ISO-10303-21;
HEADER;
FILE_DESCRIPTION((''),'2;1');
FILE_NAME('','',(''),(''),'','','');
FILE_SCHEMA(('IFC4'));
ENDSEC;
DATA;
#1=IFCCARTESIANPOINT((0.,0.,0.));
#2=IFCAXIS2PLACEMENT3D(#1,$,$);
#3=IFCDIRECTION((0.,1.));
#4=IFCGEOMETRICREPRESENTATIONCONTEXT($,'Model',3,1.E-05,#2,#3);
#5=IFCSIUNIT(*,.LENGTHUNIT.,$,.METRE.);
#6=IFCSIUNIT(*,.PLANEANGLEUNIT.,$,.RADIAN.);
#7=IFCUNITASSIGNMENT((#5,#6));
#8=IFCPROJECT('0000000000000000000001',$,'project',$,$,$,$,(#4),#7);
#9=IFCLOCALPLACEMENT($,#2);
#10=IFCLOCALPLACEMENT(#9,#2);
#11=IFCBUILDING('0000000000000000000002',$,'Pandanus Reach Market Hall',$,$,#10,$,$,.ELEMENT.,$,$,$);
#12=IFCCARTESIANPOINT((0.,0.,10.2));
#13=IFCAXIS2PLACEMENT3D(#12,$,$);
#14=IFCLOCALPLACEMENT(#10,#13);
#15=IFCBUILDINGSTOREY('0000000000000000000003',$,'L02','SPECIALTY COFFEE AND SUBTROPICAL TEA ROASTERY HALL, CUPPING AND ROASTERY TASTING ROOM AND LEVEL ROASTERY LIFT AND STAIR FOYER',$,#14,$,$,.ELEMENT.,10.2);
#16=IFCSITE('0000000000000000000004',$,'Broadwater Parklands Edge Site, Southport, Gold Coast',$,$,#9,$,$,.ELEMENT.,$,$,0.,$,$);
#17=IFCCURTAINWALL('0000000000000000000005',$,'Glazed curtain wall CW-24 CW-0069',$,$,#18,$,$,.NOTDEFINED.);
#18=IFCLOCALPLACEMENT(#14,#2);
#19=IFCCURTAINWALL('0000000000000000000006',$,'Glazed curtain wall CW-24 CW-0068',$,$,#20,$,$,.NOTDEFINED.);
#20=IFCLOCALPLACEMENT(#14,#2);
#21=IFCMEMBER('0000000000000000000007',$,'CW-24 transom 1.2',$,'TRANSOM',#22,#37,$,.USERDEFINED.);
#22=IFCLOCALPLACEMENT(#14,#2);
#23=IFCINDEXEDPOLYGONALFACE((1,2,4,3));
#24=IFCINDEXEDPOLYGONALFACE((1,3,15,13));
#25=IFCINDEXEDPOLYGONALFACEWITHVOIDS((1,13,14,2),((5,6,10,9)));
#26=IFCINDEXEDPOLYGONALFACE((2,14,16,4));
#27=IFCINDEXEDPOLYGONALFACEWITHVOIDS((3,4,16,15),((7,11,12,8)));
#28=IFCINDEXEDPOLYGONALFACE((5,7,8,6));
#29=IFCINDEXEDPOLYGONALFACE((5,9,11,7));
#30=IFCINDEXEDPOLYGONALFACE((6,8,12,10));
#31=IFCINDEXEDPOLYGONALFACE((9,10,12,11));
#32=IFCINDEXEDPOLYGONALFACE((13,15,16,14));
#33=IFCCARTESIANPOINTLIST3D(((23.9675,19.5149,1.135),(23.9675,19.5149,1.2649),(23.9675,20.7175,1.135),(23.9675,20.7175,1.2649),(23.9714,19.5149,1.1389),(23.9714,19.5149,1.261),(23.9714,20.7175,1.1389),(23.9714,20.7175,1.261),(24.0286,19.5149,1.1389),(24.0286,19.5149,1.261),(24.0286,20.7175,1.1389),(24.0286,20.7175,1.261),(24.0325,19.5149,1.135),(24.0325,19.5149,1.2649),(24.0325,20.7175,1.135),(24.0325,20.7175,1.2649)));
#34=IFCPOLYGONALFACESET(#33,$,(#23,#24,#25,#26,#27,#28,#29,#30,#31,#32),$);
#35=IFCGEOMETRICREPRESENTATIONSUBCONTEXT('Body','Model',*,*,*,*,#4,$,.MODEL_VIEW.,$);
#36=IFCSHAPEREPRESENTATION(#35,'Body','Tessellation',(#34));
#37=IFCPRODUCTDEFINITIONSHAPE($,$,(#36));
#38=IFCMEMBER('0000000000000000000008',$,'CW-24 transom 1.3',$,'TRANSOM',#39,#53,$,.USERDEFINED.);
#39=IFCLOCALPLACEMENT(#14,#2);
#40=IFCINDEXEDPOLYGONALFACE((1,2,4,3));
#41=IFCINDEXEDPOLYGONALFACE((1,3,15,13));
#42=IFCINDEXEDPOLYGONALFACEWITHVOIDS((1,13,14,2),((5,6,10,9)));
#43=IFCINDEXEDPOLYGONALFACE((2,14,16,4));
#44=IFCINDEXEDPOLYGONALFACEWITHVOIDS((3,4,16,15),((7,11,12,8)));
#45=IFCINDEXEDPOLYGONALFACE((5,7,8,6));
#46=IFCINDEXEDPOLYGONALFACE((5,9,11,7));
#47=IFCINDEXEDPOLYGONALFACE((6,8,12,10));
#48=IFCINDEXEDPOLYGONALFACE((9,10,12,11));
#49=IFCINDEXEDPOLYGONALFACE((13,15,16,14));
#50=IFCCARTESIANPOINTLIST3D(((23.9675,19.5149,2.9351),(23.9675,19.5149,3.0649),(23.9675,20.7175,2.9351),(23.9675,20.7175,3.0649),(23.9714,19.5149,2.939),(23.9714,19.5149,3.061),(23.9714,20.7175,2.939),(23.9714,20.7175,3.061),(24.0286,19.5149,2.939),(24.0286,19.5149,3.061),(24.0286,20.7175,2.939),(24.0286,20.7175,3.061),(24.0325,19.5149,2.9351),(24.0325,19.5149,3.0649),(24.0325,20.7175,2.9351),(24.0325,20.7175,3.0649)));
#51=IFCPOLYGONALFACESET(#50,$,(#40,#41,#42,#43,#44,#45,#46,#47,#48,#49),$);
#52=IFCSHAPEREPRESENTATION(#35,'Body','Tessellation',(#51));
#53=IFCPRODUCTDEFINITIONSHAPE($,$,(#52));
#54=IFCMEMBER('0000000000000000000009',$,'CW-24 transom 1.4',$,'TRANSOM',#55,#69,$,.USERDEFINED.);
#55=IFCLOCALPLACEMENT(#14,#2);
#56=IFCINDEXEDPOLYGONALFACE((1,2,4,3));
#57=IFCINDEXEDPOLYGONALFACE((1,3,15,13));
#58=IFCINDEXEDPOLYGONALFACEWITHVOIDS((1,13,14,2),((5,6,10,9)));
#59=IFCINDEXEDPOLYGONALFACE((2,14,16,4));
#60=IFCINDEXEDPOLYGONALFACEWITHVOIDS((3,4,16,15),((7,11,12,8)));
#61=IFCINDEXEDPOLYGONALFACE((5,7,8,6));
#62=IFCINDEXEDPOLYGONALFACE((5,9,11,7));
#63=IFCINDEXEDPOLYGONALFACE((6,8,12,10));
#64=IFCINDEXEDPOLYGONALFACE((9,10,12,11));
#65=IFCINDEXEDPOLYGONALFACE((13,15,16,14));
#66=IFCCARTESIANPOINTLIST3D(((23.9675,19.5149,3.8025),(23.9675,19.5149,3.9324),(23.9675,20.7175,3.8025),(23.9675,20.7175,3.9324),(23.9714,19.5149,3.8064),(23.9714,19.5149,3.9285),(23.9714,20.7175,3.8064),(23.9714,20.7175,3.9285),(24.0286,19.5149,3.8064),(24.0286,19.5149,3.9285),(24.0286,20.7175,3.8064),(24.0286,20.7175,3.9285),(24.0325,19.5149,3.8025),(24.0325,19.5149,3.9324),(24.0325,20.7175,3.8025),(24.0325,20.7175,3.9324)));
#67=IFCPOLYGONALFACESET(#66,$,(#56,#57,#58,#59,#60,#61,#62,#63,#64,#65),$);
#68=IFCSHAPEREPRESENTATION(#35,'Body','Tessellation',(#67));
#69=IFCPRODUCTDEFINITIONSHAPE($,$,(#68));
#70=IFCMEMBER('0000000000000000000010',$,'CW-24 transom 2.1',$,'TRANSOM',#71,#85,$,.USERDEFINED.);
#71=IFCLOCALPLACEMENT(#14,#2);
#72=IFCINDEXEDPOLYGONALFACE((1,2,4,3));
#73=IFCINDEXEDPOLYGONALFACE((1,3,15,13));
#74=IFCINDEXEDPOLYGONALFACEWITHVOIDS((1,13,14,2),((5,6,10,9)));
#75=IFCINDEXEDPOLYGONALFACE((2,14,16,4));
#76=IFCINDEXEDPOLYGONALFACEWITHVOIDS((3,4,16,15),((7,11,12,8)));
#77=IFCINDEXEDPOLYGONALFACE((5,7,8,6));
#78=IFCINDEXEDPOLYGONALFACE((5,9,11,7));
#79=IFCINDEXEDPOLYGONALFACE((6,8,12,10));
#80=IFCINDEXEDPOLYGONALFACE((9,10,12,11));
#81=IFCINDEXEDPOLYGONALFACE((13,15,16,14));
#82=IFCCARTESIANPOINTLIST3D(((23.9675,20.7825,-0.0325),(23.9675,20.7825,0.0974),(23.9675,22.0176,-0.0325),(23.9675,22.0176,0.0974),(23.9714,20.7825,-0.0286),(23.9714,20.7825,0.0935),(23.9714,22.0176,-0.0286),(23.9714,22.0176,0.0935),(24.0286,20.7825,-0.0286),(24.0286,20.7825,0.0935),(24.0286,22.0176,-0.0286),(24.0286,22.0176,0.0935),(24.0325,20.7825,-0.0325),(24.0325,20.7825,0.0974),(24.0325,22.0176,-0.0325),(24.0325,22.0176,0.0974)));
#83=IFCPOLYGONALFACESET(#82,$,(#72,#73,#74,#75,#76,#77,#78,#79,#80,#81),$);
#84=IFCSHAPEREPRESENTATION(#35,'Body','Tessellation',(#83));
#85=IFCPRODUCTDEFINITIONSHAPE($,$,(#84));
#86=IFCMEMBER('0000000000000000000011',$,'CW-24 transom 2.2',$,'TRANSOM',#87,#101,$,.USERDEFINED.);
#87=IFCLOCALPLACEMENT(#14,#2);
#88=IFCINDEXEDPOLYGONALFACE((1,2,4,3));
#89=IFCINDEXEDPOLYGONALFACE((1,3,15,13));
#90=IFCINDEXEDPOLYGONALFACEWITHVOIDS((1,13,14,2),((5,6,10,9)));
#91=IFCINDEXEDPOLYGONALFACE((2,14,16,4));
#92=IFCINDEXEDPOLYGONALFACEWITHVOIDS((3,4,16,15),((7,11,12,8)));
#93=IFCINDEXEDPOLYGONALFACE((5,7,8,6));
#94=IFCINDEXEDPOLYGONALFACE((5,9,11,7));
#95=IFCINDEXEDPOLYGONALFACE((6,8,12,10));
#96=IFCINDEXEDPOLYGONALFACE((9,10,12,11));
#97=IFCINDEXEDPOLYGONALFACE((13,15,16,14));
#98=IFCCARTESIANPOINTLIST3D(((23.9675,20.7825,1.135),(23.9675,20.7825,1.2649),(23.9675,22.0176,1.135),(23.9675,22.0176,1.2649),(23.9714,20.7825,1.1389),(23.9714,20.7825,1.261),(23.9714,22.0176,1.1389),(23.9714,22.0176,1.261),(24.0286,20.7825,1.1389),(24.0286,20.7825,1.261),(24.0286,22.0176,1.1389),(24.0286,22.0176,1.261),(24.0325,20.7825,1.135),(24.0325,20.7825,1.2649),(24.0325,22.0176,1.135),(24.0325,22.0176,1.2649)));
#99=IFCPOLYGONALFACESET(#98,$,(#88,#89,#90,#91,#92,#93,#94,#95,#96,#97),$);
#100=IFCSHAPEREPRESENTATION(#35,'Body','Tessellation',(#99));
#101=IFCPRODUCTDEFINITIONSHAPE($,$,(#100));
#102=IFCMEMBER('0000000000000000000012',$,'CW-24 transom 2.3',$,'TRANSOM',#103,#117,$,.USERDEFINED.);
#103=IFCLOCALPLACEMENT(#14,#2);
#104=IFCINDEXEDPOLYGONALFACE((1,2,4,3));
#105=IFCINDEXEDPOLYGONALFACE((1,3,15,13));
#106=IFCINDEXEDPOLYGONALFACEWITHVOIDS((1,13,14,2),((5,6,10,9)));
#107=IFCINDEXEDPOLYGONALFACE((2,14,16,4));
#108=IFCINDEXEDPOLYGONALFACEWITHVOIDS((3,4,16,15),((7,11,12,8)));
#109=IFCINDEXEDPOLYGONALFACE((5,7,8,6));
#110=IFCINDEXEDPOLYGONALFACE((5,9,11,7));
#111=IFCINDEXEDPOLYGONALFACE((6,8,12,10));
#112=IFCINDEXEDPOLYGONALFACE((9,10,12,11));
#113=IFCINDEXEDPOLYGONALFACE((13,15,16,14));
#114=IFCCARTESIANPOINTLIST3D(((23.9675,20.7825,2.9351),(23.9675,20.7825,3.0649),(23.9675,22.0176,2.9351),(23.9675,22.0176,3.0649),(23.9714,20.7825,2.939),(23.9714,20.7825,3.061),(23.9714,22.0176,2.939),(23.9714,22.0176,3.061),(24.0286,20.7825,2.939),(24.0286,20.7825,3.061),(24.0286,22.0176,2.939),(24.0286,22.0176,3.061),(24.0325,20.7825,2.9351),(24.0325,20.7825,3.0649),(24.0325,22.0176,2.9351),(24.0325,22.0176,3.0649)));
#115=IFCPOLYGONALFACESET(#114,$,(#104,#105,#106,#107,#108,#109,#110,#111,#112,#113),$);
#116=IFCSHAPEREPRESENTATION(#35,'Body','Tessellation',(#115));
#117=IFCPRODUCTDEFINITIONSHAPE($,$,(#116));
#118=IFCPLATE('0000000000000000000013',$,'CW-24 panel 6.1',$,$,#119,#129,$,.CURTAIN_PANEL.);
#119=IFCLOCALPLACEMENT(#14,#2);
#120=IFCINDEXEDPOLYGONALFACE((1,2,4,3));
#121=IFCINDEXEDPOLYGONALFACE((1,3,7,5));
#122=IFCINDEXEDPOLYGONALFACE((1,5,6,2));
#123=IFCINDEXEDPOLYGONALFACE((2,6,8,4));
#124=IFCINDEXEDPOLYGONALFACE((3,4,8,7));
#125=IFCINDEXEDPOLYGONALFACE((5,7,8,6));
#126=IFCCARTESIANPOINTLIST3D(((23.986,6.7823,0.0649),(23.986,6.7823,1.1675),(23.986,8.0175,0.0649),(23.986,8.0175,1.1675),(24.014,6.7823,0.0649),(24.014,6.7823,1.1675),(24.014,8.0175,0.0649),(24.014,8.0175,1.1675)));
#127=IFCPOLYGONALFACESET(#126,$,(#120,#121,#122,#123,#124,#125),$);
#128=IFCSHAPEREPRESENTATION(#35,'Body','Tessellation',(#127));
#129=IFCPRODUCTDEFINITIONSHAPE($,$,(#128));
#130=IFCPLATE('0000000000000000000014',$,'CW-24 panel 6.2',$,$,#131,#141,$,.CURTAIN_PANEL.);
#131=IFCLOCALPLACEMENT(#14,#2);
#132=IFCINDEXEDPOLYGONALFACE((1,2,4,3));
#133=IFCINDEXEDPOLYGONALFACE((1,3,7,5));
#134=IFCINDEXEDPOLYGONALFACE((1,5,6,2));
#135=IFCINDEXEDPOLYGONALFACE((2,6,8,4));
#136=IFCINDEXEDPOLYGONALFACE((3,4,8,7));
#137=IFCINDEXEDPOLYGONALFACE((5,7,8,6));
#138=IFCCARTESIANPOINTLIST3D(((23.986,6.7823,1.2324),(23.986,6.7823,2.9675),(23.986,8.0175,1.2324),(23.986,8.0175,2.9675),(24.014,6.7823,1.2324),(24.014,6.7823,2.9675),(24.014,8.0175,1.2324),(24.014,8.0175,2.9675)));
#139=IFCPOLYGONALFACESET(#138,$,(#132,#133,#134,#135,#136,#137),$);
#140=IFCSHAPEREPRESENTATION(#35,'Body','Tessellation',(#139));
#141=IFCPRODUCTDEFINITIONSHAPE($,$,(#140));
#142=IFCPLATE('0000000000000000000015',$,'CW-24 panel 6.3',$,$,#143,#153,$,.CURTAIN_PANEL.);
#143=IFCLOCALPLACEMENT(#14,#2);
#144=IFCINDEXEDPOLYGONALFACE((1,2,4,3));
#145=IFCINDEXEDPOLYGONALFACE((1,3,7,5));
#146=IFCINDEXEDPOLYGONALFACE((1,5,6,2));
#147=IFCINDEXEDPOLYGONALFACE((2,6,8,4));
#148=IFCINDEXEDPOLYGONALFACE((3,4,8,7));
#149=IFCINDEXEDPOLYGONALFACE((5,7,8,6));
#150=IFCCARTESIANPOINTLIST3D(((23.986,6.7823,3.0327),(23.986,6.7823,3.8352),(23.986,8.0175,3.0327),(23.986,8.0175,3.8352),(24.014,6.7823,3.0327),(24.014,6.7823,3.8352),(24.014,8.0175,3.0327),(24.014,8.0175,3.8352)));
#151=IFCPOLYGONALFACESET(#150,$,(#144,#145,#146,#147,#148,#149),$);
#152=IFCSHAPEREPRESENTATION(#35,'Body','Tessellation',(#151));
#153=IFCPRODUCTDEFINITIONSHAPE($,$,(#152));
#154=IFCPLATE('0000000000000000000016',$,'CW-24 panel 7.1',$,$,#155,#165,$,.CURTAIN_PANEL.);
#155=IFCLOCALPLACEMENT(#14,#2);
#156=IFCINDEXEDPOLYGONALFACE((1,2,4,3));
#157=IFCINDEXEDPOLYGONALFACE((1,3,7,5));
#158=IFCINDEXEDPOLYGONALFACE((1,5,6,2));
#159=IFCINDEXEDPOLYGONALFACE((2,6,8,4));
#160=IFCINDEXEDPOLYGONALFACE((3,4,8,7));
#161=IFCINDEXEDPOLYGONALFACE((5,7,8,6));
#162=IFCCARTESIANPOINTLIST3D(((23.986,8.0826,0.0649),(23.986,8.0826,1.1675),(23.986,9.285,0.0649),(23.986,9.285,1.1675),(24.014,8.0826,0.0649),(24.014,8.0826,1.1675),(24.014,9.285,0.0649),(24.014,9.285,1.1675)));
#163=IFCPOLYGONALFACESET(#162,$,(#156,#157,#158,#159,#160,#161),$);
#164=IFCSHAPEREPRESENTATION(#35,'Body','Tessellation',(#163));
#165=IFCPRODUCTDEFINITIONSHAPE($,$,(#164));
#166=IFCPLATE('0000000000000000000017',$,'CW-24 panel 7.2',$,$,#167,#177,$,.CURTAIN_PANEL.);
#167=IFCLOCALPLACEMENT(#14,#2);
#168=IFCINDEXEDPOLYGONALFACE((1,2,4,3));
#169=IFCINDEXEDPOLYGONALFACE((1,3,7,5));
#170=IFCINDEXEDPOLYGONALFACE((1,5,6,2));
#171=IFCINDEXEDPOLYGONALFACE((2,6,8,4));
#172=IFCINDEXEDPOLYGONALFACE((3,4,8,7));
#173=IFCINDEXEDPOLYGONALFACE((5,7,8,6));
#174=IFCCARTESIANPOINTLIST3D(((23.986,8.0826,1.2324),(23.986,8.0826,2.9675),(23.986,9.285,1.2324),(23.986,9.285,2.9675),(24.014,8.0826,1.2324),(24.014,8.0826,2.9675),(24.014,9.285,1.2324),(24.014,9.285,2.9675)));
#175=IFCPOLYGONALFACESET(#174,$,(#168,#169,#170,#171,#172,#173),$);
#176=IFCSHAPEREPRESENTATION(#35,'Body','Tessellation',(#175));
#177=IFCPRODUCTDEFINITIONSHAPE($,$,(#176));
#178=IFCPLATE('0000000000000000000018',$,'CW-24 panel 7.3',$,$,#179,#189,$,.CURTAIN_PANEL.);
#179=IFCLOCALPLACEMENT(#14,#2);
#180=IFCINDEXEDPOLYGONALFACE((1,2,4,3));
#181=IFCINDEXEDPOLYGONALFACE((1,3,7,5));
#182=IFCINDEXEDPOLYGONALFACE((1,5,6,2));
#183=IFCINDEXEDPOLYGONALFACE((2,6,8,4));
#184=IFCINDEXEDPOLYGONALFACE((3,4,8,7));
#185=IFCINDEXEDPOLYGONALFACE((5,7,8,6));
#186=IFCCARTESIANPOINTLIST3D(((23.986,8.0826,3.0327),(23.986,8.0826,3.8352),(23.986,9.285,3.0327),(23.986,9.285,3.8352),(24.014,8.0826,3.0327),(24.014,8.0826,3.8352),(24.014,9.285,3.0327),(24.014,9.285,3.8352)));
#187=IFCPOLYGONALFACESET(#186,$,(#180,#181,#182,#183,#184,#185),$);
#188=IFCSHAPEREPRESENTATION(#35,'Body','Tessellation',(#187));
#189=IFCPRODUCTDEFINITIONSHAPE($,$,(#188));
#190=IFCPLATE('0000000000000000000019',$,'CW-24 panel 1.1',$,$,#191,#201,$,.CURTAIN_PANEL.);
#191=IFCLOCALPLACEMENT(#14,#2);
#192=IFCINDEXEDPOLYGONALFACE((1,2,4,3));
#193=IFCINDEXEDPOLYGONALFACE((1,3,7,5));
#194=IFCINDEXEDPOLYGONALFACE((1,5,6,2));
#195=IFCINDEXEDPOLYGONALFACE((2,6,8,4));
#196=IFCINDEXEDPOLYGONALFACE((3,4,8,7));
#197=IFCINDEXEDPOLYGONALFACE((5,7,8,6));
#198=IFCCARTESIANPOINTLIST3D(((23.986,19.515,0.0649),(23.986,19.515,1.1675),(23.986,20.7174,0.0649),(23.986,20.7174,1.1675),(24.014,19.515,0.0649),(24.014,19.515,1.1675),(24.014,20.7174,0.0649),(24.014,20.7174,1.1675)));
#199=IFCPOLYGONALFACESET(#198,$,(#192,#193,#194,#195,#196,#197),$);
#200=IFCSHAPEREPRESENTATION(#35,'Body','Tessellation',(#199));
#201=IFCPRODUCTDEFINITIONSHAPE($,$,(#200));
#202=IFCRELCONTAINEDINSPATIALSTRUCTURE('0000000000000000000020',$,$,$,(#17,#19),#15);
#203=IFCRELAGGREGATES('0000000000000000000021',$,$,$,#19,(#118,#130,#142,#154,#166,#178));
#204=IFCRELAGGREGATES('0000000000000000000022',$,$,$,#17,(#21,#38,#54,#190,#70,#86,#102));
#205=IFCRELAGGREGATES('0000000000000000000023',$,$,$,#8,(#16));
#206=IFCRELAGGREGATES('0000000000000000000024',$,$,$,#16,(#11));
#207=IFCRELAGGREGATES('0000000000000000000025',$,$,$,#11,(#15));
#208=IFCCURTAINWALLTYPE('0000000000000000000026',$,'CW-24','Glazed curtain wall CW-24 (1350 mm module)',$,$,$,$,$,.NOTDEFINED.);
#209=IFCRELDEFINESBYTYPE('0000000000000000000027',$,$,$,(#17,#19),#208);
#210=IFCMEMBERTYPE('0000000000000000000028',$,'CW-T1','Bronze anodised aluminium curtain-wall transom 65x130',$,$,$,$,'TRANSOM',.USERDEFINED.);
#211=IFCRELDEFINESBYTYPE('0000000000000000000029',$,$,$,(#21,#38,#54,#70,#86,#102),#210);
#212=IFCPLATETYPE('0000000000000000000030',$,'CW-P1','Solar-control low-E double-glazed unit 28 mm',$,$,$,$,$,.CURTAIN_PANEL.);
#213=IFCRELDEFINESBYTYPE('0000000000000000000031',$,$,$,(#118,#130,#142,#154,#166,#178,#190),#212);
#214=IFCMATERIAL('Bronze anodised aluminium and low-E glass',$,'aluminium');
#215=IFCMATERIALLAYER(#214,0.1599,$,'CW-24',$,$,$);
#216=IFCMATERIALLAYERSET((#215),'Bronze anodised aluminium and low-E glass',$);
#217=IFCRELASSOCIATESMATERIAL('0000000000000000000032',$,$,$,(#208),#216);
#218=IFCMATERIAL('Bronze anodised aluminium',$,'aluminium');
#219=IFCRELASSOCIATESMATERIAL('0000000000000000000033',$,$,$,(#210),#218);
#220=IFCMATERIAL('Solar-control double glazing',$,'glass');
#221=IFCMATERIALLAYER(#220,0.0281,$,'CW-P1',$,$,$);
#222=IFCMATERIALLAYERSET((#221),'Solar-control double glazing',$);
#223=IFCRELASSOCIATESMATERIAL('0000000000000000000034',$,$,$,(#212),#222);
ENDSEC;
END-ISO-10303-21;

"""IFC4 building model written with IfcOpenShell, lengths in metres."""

from ifc_helpers import new_model, si_unit, direction, frame, origin, origin_2d, place, context, subcontext, project, spatial, rectangle, hollow_rectangle, extrude, material, layer, layer_set, material_profile, profile_set, type_object, element, aggregate, save


model = new_model("IFC4")

# Units and contexts
model_context = context("Model", 3, precision=1e-05, world=origin(), true_north=direction((0.0, 1.0)))
body_context = subcontext(model_context, "Body", "Model", "MODEL_VIEW")
ifc_project = project(units=[si_unit("LENGTHUNIT", "METRE"), si_unit("PLANEANGLEUNIT", "RADIAN")], contexts=[model_context])

# Site, building, storey
site_placement = place(None, origin())
site = spatial("IfcSite", under=ifc_project, at=site_placement, Name="Broadwater Parklands Edge Site, Southport, Gold Coast", CompositionType="ELEMENT", RefElevation=0.0)
building_placement = place(site_placement, origin())
building = spatial("IfcBuilding", under=site, at=building_placement, Name="Pandanus Reach Market Hall", CompositionType="ELEMENT")
storey_placement = place(building_placement, frame((0.0, 0.0, 10.2)))
storey = spatial("IfcBuildingStorey", under=building, at=storey_placement, Name="L02", Description="SPECIALTY COFFEE AND SUBTROPICAL TEA ROASTERY HALL, CUPPING AND ROASTERY TASTING ROOM AND LEVEL ROASTERY LIFT AND STAIR FOYER", CompositionType="ELEMENT", Elevation=10.2)

# Curtain walls
ifc_material_1 = material(Name="Bronze anodised aluminium and low-E glass", Category="aluminium")
ifc_layer_1 = layer(ifc_material_1, 0.1599, Name="CW-24")
ifc_layer_set_1 = layer_set([ifc_layer_1], Name="Bronze anodised aluminium and low-E glass")
curtain_wall_type = type_object("IfcCurtainWallType", Name="CW-24", Description="Glazed curtain wall CW-24 (1350 mm module)", PredefinedType="NOTDEFINED", material=ifc_layer_set_1)
curtain_wall_1_placement = place(storey_placement, origin())
curtain_wall_1 = element("IfcCurtainWall", 1, at=curtain_wall_1_placement, inside=storey, type_object=curtain_wall_type, Name="Glazed curtain wall CW-24 CW-0069", PredefinedType="NOTDEFINED")
ifc_material_2 = material(Name="Bronze anodised aluminium", Category="aluminium")
curtain_wall_2_placement = place(storey_placement, origin())
curtain_wall_2 = element("IfcCurtainWall", 2, at=curtain_wall_2_placement, inside=storey, type_object=curtain_wall_type, Name="Glazed curtain wall CW-24 CW-0068", PredefinedType="NOTDEFINED")
ifc_material_profile_1 = material_profile(ifc_material_2, hollow_rectangle(XDim=0.0649, YDim=0.1299, WallThickness=0.0039, at=origin_2d()), Name="ALU65x130", Category="LoadBearing")
ifc_profile_set_1 = profile_set([ifc_material_profile_1], Name="Bronze anodised aluminium")
member_type_1 = type_object("IfcMemberType", Name="CW-T1", Description="Bronze anodised aluminium curtain-wall transom 65x130", ElementType="TRANSOM", PredefinedType="USERDEFINED", material=ifc_profile_set_1)

# Members
member_1_placement = place(storey_placement, frame((24.0, 19.5149, 1.2), z_axis=(0.0, 1.0, 0.0), x_axis=(-1.0, 0.0, 0.0)))
member_1 = element("IfcMember", 3, at=member_1_placement, type_object=member_type_1, Name="CW-24 transom 1.2", ObjectType="TRANSOM", PredefinedType="USERDEFINED", context=body_context, shape_type="SweptSolid", body=[
    extrude(hollow_rectangle(XDim=0.0649, YDim=0.1299, WallThickness=0.0039, at=origin_2d()), origin(), (0.0, 0.0, 1.0), 1.2026),
])
member_2_placement = place(storey_placement, frame((24.0, 19.5149, 3.0), z_axis=(0.0, 1.0, 0.0), x_axis=(-1.0, 0.0, 0.0)))
member_2 = element("IfcMember", 4, at=member_2_placement, type_object=member_type_1, Name="CW-24 transom 1.3", ObjectType="TRANSOM", PredefinedType="USERDEFINED", context=body_context, shape_type="SweptSolid", body=[
    extrude(hollow_rectangle(XDim=0.0649, YDim=0.1299, WallThickness=0.0039, at=origin_2d()), origin(), (0.0, 0.0, 1.0), 1.2026),
])
member_3_placement = place(storey_placement, frame((24.0, 19.5149, 3.8674), z_axis=(0.0, 1.0, 0.0), x_axis=(-1.0, 0.0, 0.0)))
member_3 = element("IfcMember", 5, at=member_3_placement, type_object=member_type_1, Name="CW-24 transom 1.4", ObjectType="TRANSOM", PredefinedType="USERDEFINED", context=body_context, shape_type="SweptSolid", body=[
    extrude(hollow_rectangle(XDim=0.0649, YDim=0.1299, WallThickness=0.0039, at=origin_2d()), origin(), (0.0, 0.0, 1.0), 1.2026),
])
member_4_placement = place(storey_placement, frame((24.0, 20.7825, 0.0325), z_axis=(0.0, 1.0, 0.0), x_axis=(-1.0, 0.0, 0.0)))
member_4 = element("IfcMember", 6, at=member_4_placement, type_object=member_type_1, Name="CW-24 transom 2.1", ObjectType="TRANSOM", PredefinedType="USERDEFINED", context=body_context, shape_type="SweptSolid", body=[
    extrude(hollow_rectangle(XDim=0.0649, YDim=0.1299, WallThickness=0.0039, at=origin_2d()), origin(), (0.0, 0.0, 1.0), 1.2351),
])
member_5_placement = place(storey_placement, frame((24.0, 20.7825, 1.2), z_axis=(0.0, 1.0, 0.0), x_axis=(-1.0, 0.0, 0.0)))
member_5 = element("IfcMember", 7, at=member_5_placement, type_object=member_type_1, Name="CW-24 transom 2.2", ObjectType="TRANSOM", PredefinedType="USERDEFINED", context=body_context, shape_type="SweptSolid", body=[
    extrude(hollow_rectangle(XDim=0.0649, YDim=0.1299, WallThickness=0.0039, at=origin_2d()), origin(), (0.0, 0.0, 1.0), 1.2351),
])
member_6_placement = place(storey_placement, frame((24.0, 20.7825, 3.0), z_axis=(0.0, 1.0, 0.0), x_axis=(-1.0, 0.0, 0.0)))
member_6 = element("IfcMember", 8, at=member_6_placement, type_object=member_type_1, Name="CW-24 transom 2.3", ObjectType="TRANSOM", PredefinedType="USERDEFINED", context=body_context, shape_type="SweptSolid", body=[
    extrude(hollow_rectangle(XDim=0.0649, YDim=0.1299, WallThickness=0.0039, at=origin_2d()), origin(), (0.0, 0.0, 1.0), 1.2351),
])

# Plates
ifc_material_3 = material(Name="Solar-control double glazing", Category="glass")
ifc_layer_2 = layer(ifc_material_3, 0.0281, Name="CW-P1")
ifc_layer_set_2 = layer_set([ifc_layer_2], Name="Solar-control double glazing")
plate_type = type_object("IfcPlateType", Name="CW-P1", Description="Solar-control low-E double-glazed unit 28 mm", PredefinedType="CURTAIN_PANEL", material=ifc_layer_set_2)
plate_1_placement = place(storey_placement, frame((24.0, 7.3999, 0.0649), z_axis=(0.0, 0.0, 1.0), x_axis=(0.0, 1.0, 0.0)))
plate_1 = element("IfcPlate", 9, at=plate_1_placement, type_object=plate_type, Name="CW-24 panel 6.1", PredefinedType="CURTAIN_PANEL", context=body_context, shape_type="SweptSolid", body=[
    extrude(rectangle(XDim=1.2351, YDim=0.0281, at=origin_2d()), origin(), (0.0, 0.0, 1.0), 1.1025),
])
plate_2_placement = place(storey_placement, frame((24.0, 7.3999, 1.2324), z_axis=(0.0, 0.0, 1.0), x_axis=(0.0, 1.0, 0.0)))
plate_2 = element("IfcPlate", 10, at=plate_2_placement, type_object=plate_type, Name="CW-24 panel 6.2", PredefinedType="CURTAIN_PANEL", context=body_context, shape_type="SweptSolid", body=[
    extrude(rectangle(XDim=1.2351, YDim=0.0281, at=origin_2d()), origin(), (0.0, 0.0, 1.0), 1.7351),
])
plate_3_placement = place(storey_placement, frame((24.0, 7.3999, 3.0327), z_axis=(0.0, 0.0, 1.0), x_axis=(0.0, 1.0, 0.0)))
plate_3 = element("IfcPlate", 11, at=plate_3_placement, type_object=plate_type, Name="CW-24 panel 6.3", PredefinedType="CURTAIN_PANEL", context=body_context, shape_type="SweptSolid", body=[
    extrude(rectangle(XDim=1.2351, YDim=0.0281, at=origin_2d()), origin(), (0.0, 0.0, 1.0), 0.8025),
])
plate_4_placement = place(storey_placement, frame((24.0, 8.6838, 0.0649), z_axis=(0.0, 0.0, 1.0), x_axis=(0.0, 1.0, 0.0)))
plate_4 = element("IfcPlate", 12, at=plate_4_placement, type_object=plate_type, Name="CW-24 panel 7.1", PredefinedType="CURTAIN_PANEL", context=body_context, shape_type="SweptSolid", body=[
    extrude(rectangle(XDim=1.2024, YDim=0.0281, at=origin_2d()), origin(), (0.0, 0.0, 1.0), 1.1025),
])
plate_5_placement = place(storey_placement, frame((24.0, 8.6838, 1.2324), z_axis=(0.0, 0.0, 1.0), x_axis=(0.0, 1.0, 0.0)))
plate_5 = element("IfcPlate", 13, at=plate_5_placement, type_object=plate_type, Name="CW-24 panel 7.2", PredefinedType="CURTAIN_PANEL", context=body_context, shape_type="SweptSolid", body=[
    extrude(rectangle(XDim=1.2024, YDim=0.0281, at=origin_2d()), origin(), (0.0, 0.0, 1.0), 1.7351),
])
plate_6_placement = place(storey_placement, frame((24.0, 8.6838, 3.0327), z_axis=(0.0, 0.0, 1.0), x_axis=(0.0, 1.0, 0.0)))
plate_6 = element("IfcPlate", 14, at=plate_6_placement, type_object=plate_type, Name="CW-24 panel 7.3", PredefinedType="CURTAIN_PANEL", context=body_context, shape_type="SweptSolid", body=[
    extrude(rectangle(XDim=1.2024, YDim=0.0281, at=origin_2d()), origin(), (0.0, 0.0, 1.0), 0.8025),
])
aggregate(curtain_wall_2, [plate_1, plate_2, plate_3, plate_4, plate_5, plate_6])
plate_7_placement = place(storey_placement, frame((24.0, 20.1162, 0.0649), z_axis=(0.0, 0.0, 1.0), x_axis=(0.0, 1.0, 0.0)))
plate_7 = element("IfcPlate", 15, at=plate_7_placement, type_object=plate_type, Name="CW-24 panel 1.1", PredefinedType="CURTAIN_PANEL", context=body_context, shape_type="SweptSolid", body=[
    extrude(rectangle(XDim=1.2024, YDim=0.0281, at=origin_2d()), origin(), (0.0, 0.0, 1.0), 1.1025),
])
aggregate(curtain_wall_1, [member_1, member_2, member_3, plate_7, member_4, member_5, member_6])

save(model, "model.ifc")
